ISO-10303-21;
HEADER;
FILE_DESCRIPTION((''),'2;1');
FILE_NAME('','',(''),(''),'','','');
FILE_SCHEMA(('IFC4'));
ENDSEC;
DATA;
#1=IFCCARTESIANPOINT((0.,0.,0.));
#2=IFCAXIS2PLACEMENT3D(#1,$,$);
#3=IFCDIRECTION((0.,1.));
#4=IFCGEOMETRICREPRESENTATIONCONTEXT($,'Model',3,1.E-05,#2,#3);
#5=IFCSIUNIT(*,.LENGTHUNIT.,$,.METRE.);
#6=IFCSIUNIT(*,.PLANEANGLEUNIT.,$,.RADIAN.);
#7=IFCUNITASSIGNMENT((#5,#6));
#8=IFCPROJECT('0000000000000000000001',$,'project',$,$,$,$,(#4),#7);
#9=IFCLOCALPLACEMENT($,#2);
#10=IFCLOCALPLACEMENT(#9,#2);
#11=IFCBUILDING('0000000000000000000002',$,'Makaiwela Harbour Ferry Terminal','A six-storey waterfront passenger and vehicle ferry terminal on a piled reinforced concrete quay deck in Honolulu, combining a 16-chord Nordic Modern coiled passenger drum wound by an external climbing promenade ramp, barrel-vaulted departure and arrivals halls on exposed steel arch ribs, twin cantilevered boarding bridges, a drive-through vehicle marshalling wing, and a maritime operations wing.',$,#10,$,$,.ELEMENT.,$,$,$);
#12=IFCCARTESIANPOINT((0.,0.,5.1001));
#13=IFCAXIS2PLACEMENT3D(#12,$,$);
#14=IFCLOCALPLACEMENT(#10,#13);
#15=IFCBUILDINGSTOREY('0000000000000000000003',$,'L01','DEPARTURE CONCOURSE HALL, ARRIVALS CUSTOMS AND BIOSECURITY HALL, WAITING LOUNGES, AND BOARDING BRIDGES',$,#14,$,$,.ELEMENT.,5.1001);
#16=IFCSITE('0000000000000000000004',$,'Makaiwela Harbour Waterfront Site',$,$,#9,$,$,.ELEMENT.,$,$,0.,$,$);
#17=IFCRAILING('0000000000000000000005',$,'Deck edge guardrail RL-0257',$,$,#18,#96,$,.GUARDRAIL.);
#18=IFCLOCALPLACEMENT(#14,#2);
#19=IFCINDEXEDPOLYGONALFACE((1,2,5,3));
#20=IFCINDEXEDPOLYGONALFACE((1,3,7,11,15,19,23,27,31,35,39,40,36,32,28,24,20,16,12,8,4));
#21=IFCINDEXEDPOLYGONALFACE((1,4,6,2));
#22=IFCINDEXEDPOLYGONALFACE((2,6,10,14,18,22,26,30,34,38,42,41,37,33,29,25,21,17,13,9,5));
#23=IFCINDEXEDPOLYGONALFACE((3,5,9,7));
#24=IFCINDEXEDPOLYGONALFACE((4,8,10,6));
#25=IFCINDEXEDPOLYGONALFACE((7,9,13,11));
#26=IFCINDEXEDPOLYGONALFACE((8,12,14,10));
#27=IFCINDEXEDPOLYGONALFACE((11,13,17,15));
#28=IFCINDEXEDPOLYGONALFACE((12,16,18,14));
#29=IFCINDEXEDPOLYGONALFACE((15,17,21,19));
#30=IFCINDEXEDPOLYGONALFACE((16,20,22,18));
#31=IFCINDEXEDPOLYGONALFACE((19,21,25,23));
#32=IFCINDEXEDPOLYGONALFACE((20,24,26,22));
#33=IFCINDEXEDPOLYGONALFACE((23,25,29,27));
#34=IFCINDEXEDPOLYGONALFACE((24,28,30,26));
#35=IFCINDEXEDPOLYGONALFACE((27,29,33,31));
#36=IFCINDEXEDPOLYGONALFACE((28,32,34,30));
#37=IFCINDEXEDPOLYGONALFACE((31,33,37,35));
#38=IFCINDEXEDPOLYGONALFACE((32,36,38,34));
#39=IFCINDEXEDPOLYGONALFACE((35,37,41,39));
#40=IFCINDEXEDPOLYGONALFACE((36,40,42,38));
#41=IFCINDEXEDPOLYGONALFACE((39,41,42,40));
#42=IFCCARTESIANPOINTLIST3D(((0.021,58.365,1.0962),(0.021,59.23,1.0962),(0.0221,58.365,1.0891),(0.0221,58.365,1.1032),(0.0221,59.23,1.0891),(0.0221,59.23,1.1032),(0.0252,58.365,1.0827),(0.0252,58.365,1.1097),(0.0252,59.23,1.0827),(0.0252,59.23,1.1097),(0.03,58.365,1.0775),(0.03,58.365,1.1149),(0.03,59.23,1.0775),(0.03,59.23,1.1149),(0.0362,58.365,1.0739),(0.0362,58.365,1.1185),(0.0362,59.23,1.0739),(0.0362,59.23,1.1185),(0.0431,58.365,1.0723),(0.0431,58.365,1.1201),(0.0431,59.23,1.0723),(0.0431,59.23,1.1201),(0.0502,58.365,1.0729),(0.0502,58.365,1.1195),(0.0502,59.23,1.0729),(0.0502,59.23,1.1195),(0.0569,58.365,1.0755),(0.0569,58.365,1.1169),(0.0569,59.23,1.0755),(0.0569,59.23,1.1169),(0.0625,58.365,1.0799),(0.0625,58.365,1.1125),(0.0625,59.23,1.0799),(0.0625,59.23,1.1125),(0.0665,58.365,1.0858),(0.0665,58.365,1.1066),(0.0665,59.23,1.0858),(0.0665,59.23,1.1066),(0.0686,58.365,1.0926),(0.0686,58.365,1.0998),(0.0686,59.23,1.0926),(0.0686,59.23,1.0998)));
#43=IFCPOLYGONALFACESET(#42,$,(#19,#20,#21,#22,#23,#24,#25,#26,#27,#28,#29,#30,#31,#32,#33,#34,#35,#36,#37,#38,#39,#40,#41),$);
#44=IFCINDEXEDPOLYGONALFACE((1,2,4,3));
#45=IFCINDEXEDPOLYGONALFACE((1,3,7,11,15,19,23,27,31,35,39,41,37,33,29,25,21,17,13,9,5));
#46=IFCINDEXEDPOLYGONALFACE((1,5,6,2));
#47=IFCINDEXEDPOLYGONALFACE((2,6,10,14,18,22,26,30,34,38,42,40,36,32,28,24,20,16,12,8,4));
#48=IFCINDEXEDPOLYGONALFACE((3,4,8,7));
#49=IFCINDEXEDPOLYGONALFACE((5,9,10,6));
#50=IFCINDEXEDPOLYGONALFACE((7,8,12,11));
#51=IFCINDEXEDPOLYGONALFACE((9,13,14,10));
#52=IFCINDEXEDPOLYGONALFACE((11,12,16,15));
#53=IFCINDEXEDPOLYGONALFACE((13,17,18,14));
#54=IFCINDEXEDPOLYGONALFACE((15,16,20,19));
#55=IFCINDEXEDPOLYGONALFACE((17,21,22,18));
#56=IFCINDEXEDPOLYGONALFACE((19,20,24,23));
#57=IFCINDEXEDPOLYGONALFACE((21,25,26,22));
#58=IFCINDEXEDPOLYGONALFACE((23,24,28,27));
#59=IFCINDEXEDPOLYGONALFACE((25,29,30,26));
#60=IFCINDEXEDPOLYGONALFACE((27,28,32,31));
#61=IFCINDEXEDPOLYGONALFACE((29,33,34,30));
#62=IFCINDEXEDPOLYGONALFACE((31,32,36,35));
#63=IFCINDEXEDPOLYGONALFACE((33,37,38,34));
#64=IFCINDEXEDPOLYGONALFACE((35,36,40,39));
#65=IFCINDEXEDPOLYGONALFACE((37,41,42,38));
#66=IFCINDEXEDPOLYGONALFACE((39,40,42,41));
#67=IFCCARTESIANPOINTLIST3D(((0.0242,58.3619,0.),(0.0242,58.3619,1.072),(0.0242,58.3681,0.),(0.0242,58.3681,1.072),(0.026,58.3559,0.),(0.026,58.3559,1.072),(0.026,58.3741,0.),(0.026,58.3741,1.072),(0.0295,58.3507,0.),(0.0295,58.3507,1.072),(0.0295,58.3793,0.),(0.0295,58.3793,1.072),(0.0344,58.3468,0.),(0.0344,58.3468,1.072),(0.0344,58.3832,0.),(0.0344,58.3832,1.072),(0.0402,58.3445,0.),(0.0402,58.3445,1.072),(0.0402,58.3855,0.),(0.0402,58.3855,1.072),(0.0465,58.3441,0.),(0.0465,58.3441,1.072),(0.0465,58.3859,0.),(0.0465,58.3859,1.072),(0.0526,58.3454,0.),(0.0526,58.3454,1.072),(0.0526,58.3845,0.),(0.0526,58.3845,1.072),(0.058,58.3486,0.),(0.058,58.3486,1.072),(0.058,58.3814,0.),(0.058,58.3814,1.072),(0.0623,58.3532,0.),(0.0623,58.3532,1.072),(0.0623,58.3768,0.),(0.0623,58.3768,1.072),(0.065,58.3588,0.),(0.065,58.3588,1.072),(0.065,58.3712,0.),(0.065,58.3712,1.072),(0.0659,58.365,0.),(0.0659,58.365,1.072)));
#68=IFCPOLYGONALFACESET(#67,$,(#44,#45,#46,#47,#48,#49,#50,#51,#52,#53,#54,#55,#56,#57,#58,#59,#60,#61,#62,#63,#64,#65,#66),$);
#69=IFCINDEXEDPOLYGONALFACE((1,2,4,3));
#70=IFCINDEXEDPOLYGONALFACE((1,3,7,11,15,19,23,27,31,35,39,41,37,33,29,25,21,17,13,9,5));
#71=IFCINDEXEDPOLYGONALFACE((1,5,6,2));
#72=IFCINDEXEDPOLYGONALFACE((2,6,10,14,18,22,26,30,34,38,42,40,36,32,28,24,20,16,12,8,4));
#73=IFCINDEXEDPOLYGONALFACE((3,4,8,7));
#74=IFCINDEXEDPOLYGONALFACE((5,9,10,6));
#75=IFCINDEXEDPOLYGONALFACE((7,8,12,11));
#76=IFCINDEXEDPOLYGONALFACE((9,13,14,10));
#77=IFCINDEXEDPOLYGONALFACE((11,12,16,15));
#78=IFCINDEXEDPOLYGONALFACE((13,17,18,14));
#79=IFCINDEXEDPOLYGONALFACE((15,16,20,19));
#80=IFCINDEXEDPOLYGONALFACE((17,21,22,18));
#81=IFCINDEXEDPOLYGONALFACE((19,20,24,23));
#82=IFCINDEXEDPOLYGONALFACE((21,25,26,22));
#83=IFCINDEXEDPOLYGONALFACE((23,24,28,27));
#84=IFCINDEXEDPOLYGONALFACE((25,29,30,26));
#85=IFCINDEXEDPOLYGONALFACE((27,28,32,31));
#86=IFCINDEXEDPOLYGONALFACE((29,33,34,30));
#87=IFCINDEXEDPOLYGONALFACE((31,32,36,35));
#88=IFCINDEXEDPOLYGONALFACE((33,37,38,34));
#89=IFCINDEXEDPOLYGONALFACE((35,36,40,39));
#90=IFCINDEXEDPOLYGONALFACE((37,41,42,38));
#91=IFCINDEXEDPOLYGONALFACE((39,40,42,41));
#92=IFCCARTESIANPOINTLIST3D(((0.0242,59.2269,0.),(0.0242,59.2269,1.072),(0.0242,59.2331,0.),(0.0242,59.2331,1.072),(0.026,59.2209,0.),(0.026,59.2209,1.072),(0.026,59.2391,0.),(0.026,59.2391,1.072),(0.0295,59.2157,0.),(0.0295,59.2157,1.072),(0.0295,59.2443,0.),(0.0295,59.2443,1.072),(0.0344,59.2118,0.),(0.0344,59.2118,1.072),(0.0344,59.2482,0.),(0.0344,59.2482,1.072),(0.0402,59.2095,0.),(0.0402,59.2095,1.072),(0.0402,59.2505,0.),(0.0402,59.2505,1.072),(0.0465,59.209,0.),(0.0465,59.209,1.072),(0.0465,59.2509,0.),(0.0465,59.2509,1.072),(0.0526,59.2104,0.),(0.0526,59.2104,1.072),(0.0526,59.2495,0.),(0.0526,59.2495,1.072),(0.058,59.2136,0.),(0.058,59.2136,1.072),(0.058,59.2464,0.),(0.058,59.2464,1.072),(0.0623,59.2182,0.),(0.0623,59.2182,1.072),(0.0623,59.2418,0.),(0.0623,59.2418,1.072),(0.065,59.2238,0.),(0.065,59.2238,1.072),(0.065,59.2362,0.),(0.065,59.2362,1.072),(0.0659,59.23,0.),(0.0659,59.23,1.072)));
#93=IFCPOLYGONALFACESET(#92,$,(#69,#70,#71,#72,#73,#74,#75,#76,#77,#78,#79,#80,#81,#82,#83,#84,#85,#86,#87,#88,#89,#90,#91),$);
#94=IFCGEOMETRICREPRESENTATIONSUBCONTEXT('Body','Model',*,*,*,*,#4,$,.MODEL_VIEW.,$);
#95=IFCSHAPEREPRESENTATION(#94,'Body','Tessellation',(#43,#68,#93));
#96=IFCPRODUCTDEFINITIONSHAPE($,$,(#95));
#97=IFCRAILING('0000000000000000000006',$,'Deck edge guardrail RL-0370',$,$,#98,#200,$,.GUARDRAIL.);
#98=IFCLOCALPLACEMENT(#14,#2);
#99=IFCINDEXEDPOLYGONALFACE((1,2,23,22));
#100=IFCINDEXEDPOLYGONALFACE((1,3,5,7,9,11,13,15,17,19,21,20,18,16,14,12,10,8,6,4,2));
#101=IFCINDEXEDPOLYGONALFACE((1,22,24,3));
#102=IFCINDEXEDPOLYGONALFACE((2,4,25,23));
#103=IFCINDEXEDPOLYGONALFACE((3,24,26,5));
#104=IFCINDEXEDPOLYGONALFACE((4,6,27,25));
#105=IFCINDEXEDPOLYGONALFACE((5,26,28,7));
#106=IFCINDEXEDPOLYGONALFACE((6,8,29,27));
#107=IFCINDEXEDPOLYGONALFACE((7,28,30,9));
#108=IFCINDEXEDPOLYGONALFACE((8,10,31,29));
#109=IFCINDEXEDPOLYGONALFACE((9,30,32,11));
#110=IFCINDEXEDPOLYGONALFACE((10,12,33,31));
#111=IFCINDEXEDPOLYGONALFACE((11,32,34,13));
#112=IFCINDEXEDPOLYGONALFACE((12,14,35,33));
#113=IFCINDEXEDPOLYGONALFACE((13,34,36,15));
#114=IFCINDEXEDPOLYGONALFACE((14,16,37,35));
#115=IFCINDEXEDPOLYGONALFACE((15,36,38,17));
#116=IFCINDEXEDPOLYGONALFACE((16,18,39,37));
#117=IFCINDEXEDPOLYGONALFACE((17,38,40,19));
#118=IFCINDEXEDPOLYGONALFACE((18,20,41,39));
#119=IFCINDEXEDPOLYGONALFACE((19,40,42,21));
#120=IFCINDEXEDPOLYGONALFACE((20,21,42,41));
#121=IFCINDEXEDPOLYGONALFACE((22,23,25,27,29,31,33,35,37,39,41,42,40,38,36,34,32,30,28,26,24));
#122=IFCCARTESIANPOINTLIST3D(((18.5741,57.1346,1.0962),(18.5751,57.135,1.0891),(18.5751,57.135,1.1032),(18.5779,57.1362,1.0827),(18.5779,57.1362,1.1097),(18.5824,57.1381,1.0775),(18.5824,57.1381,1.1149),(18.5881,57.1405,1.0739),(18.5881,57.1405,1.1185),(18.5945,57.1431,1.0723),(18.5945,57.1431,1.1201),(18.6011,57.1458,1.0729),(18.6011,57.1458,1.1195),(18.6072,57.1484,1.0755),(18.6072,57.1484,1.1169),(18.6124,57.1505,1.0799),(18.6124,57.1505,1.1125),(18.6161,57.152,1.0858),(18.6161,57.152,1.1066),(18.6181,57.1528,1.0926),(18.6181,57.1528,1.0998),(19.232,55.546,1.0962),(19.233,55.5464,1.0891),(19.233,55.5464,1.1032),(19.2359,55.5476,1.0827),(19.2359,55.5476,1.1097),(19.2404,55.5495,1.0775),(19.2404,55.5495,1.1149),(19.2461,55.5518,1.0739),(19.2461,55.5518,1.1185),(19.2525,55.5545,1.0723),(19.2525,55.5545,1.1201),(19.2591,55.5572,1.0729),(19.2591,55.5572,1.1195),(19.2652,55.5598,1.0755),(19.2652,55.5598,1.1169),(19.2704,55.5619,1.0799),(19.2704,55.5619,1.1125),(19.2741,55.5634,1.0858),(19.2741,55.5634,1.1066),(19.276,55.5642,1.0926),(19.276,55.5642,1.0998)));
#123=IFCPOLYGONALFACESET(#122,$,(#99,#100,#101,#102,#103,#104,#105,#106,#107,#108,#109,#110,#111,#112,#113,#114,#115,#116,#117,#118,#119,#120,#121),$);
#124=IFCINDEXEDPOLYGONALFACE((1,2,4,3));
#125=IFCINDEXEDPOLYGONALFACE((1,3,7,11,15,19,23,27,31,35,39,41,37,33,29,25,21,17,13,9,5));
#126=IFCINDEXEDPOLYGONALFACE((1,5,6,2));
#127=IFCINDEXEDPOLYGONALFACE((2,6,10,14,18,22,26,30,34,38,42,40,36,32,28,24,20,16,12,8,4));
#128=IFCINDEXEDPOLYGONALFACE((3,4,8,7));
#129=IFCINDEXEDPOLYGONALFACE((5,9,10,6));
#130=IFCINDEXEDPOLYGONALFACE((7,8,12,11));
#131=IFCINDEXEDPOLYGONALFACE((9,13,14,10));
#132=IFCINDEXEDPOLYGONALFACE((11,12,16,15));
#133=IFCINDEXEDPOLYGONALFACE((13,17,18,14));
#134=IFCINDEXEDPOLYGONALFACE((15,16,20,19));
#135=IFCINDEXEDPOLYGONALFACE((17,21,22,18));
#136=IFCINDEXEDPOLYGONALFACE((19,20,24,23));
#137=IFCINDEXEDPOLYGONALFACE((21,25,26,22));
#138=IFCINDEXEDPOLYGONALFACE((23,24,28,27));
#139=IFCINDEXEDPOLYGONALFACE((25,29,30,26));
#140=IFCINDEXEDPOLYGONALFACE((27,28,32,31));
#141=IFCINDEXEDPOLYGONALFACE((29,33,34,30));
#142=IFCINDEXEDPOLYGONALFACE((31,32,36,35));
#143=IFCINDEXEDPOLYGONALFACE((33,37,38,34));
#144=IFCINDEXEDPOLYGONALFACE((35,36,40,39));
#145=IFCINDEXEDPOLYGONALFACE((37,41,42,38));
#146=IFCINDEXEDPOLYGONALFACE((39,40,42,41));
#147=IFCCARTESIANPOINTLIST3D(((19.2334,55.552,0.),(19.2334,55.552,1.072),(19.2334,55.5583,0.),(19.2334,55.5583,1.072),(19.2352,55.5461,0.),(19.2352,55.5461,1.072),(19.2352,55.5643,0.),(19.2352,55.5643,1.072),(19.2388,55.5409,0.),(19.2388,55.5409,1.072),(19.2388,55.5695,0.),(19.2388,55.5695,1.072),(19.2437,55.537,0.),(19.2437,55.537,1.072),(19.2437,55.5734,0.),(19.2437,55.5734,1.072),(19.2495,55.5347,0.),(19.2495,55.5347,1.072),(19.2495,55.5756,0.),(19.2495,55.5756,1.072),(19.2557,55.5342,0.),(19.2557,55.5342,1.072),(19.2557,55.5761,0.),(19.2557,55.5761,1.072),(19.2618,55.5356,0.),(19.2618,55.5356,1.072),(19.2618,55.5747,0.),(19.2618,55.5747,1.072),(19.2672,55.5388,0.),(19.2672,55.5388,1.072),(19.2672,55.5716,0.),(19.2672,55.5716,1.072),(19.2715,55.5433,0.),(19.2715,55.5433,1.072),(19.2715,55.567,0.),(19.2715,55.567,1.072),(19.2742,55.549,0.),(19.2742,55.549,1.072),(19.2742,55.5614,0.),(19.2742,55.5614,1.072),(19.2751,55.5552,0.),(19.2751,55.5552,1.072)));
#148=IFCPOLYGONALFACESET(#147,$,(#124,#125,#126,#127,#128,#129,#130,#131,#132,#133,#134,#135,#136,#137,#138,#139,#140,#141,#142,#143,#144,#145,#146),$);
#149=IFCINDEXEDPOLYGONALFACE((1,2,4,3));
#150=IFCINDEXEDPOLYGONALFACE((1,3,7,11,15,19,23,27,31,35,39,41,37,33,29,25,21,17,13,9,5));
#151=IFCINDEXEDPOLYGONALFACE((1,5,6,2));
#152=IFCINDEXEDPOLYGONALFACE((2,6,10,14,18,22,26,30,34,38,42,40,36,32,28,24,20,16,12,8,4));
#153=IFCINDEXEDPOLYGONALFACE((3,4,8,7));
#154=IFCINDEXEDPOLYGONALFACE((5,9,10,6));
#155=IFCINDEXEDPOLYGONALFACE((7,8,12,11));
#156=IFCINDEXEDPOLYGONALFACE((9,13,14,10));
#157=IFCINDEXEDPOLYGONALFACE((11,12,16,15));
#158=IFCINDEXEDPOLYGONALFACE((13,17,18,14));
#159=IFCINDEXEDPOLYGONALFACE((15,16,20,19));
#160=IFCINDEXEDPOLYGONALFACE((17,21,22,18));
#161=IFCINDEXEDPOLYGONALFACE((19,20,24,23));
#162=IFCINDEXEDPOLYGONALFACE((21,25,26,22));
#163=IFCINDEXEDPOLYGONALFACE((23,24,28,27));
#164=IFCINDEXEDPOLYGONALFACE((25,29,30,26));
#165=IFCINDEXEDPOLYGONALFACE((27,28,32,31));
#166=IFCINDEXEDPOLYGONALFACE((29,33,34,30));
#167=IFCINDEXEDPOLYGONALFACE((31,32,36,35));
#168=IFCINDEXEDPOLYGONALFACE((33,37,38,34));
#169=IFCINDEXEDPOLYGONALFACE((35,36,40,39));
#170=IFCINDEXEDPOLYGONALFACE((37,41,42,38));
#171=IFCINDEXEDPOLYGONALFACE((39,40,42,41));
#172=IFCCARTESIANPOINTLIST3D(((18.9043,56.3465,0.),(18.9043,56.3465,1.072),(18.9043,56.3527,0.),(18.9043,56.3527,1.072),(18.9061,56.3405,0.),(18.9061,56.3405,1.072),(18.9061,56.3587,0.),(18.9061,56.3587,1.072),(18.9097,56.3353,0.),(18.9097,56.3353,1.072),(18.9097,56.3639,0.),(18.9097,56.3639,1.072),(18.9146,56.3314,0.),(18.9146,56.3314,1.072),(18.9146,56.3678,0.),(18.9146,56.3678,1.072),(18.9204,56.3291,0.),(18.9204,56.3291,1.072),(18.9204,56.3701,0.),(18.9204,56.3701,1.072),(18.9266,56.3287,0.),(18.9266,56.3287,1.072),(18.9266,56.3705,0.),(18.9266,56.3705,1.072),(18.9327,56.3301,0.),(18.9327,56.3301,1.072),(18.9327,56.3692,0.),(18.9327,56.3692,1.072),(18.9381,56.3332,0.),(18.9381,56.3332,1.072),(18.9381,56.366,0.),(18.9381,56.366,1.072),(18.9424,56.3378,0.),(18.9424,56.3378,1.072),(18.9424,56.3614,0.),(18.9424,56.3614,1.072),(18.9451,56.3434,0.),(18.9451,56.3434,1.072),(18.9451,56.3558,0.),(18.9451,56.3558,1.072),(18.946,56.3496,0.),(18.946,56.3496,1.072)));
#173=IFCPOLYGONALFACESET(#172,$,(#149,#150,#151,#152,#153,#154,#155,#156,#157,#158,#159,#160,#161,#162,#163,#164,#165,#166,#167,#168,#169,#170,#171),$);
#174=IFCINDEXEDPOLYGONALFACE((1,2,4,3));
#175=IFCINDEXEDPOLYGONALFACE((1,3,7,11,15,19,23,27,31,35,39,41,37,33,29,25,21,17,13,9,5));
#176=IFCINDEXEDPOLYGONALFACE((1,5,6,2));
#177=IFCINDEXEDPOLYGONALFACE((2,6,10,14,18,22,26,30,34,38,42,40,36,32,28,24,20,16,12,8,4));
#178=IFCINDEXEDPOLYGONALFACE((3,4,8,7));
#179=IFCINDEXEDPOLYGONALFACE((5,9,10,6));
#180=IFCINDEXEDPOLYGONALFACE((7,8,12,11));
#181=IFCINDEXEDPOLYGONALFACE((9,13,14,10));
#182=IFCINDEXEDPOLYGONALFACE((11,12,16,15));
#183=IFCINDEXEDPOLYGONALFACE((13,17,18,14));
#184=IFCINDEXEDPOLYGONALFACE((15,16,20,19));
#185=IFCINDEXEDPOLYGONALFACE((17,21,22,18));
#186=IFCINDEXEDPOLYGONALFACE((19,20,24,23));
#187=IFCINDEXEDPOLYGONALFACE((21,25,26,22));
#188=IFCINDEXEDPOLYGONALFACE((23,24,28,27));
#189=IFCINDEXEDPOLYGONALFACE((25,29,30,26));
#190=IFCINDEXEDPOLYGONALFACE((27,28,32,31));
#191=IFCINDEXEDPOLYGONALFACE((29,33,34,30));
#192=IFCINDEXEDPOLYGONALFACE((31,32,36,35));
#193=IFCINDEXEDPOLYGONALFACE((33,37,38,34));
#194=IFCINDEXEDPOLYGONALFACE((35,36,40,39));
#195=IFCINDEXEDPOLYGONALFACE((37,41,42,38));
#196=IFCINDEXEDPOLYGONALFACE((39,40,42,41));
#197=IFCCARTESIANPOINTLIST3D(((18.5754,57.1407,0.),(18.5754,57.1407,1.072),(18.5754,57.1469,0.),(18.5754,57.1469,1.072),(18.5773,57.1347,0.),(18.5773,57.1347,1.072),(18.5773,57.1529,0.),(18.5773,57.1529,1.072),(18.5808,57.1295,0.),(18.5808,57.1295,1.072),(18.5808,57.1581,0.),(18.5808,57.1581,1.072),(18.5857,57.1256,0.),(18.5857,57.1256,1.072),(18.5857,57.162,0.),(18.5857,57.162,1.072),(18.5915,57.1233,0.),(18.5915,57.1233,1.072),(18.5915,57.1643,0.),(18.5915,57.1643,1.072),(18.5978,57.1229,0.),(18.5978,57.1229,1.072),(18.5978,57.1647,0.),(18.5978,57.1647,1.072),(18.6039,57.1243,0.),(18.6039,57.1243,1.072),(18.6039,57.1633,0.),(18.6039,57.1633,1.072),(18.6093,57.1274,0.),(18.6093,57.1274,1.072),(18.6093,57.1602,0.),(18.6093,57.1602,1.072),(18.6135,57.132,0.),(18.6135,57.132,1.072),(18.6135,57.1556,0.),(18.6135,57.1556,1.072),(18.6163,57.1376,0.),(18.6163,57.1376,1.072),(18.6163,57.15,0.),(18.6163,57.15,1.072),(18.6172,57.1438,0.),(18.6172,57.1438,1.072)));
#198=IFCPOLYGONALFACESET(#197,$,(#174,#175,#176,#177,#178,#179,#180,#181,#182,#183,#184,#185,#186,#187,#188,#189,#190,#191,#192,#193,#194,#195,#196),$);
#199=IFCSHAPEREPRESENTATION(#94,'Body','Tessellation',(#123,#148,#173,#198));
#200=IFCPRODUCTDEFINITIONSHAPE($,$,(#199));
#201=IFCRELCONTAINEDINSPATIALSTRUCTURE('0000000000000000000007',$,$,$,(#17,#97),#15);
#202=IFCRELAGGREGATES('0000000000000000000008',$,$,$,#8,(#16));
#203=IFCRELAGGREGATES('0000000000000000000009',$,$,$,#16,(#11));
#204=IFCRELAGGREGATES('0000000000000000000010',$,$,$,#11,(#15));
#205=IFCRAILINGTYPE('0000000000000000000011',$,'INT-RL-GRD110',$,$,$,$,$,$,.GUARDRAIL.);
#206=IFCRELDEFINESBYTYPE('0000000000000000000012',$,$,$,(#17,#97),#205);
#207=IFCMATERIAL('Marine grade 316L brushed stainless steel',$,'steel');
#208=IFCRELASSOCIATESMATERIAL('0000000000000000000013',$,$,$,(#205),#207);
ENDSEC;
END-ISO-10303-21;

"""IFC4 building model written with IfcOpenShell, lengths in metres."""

from ifc_helpers import new_model, si_unit, direction, frame, origin, origin_2d, place, context, subcontext, project, spatial, circle, extrude, material, type_object, element, save


model = new_model("IFC4")

# Units and contexts
model_context = context("Model", 3, precision=1e-05, world=origin(), true_north=direction((0.0, 1.0)))
body_context = subcontext(model_context, "Body", "Model", "MODEL_VIEW")
ifc_project = project(units=[si_unit("LENGTHUNIT", "METRE"), si_unit("PLANEANGLEUNIT", "RADIAN")], contexts=[model_context])

# Site, building, storey
site_placement = place(None, origin())
site = spatial("IfcSite", under=ifc_project, at=site_placement, Name="Makaiwela Harbour Waterfront Site", CompositionType="ELEMENT", RefElevation=0.0)
building_placement = place(site_placement, origin())
building = spatial("IfcBuilding", under=site, at=building_placement, Name="Makaiwela Harbour Ferry Terminal", Description="A six-storey waterfront passenger and vehicle ferry terminal on a piled reinforced concrete quay deck in Honolulu, combining a 16-chord Nordic Modern coiled passenger drum wound by an external climbing promenade ramp, barrel-vaulted departure and arrivals halls on exposed steel arch ribs, twin cantilevered boarding bridges, a drive-through vehicle marshalling wing, and a maritime operations wing.", CompositionType="ELEMENT")
storey_placement = place(building_placement, frame((0.0, 0.0, 5.1001)))
storey = spatial("IfcBuildingStorey", under=building, at=storey_placement, Name="L01", Description="DEPARTURE CONCOURSE HALL, ARRIVALS CUSTOMS AND BIOSECURITY HALL, WAITING LOUNGES, AND BOARDING BRIDGES", CompositionType="ELEMENT", Elevation=5.1001)

# Railings
ifc_material_1 = material(Name="Marine grade 316L brushed stainless steel", Category="steel")
railing_type = type_object("IfcRailingType", Name="INT-RL-GRD110", PredefinedType="GUARDRAIL", material=ifc_material_1)
railing_1_placement = place(storey_placement, frame((0.0449, 58.365, 0.0)))
element("IfcRailing", 1, at=railing_1_placement, inside=storey, type_object=railing_type, Name="Deck edge guardrail RL-0257", PredefinedType="GUARDRAIL", context=body_context, shape_type="SweptSolid", body=[
    extrude(circle(Radius=0.0239, at=origin_2d()), frame((0.0, 0.0, 1.0962), z_axis=(0.0, 1.0, 0.0), x_axis=(-1.0, 0.0, 0.0)), (0.0, 0.0, 1.0), 0.865),
    extrude(circle(Radius=0.021, at=origin_2d()), origin(), (0.0, 0.0, 1.0), 1.072),
    extrude(circle(Radius=0.021, at=origin_2d()), frame((0.0, 0.865, 0.0)), (0.0, 0.0, 1.0), 1.072),
])
railing_2_placement = place(storey_placement, frame((19.2542, 55.5552, 0.0)))
element("IfcRailing", 2, at=railing_2_placement, inside=storey, type_object=railing_type, Name="Deck edge guardrail RL-0370", PredefinedType="GUARDRAIL", context=body_context, shape_type="SweptSolid", body=[
    extrude(circle(Radius=0.0239, at=origin_2d()), frame((0.0, 0.0, 1.0962), z_axis=(-0.382649, 0.923894, 0.0), x_axis=(-0.923894, -0.382649, 0.0)), (0.0, 0.0, 1.0), 1.7195),
    extrude(circle(Radius=0.021, at=origin_2d()), origin(), (0.0, 0.0, 1.0), 1.072),
    extrude(circle(Radius=0.021, at=origin_2d()), frame((-0.3291, 0.7944, 0.0)), (0.0, 0.0, 1.0), 1.072),
    extrude(circle(Radius=0.021, at=origin_2d()), frame((-0.658, 1.5886, 0.0)), (0.0, 0.0, 1.0), 1.072),
])

save(model, "model.ifc")
